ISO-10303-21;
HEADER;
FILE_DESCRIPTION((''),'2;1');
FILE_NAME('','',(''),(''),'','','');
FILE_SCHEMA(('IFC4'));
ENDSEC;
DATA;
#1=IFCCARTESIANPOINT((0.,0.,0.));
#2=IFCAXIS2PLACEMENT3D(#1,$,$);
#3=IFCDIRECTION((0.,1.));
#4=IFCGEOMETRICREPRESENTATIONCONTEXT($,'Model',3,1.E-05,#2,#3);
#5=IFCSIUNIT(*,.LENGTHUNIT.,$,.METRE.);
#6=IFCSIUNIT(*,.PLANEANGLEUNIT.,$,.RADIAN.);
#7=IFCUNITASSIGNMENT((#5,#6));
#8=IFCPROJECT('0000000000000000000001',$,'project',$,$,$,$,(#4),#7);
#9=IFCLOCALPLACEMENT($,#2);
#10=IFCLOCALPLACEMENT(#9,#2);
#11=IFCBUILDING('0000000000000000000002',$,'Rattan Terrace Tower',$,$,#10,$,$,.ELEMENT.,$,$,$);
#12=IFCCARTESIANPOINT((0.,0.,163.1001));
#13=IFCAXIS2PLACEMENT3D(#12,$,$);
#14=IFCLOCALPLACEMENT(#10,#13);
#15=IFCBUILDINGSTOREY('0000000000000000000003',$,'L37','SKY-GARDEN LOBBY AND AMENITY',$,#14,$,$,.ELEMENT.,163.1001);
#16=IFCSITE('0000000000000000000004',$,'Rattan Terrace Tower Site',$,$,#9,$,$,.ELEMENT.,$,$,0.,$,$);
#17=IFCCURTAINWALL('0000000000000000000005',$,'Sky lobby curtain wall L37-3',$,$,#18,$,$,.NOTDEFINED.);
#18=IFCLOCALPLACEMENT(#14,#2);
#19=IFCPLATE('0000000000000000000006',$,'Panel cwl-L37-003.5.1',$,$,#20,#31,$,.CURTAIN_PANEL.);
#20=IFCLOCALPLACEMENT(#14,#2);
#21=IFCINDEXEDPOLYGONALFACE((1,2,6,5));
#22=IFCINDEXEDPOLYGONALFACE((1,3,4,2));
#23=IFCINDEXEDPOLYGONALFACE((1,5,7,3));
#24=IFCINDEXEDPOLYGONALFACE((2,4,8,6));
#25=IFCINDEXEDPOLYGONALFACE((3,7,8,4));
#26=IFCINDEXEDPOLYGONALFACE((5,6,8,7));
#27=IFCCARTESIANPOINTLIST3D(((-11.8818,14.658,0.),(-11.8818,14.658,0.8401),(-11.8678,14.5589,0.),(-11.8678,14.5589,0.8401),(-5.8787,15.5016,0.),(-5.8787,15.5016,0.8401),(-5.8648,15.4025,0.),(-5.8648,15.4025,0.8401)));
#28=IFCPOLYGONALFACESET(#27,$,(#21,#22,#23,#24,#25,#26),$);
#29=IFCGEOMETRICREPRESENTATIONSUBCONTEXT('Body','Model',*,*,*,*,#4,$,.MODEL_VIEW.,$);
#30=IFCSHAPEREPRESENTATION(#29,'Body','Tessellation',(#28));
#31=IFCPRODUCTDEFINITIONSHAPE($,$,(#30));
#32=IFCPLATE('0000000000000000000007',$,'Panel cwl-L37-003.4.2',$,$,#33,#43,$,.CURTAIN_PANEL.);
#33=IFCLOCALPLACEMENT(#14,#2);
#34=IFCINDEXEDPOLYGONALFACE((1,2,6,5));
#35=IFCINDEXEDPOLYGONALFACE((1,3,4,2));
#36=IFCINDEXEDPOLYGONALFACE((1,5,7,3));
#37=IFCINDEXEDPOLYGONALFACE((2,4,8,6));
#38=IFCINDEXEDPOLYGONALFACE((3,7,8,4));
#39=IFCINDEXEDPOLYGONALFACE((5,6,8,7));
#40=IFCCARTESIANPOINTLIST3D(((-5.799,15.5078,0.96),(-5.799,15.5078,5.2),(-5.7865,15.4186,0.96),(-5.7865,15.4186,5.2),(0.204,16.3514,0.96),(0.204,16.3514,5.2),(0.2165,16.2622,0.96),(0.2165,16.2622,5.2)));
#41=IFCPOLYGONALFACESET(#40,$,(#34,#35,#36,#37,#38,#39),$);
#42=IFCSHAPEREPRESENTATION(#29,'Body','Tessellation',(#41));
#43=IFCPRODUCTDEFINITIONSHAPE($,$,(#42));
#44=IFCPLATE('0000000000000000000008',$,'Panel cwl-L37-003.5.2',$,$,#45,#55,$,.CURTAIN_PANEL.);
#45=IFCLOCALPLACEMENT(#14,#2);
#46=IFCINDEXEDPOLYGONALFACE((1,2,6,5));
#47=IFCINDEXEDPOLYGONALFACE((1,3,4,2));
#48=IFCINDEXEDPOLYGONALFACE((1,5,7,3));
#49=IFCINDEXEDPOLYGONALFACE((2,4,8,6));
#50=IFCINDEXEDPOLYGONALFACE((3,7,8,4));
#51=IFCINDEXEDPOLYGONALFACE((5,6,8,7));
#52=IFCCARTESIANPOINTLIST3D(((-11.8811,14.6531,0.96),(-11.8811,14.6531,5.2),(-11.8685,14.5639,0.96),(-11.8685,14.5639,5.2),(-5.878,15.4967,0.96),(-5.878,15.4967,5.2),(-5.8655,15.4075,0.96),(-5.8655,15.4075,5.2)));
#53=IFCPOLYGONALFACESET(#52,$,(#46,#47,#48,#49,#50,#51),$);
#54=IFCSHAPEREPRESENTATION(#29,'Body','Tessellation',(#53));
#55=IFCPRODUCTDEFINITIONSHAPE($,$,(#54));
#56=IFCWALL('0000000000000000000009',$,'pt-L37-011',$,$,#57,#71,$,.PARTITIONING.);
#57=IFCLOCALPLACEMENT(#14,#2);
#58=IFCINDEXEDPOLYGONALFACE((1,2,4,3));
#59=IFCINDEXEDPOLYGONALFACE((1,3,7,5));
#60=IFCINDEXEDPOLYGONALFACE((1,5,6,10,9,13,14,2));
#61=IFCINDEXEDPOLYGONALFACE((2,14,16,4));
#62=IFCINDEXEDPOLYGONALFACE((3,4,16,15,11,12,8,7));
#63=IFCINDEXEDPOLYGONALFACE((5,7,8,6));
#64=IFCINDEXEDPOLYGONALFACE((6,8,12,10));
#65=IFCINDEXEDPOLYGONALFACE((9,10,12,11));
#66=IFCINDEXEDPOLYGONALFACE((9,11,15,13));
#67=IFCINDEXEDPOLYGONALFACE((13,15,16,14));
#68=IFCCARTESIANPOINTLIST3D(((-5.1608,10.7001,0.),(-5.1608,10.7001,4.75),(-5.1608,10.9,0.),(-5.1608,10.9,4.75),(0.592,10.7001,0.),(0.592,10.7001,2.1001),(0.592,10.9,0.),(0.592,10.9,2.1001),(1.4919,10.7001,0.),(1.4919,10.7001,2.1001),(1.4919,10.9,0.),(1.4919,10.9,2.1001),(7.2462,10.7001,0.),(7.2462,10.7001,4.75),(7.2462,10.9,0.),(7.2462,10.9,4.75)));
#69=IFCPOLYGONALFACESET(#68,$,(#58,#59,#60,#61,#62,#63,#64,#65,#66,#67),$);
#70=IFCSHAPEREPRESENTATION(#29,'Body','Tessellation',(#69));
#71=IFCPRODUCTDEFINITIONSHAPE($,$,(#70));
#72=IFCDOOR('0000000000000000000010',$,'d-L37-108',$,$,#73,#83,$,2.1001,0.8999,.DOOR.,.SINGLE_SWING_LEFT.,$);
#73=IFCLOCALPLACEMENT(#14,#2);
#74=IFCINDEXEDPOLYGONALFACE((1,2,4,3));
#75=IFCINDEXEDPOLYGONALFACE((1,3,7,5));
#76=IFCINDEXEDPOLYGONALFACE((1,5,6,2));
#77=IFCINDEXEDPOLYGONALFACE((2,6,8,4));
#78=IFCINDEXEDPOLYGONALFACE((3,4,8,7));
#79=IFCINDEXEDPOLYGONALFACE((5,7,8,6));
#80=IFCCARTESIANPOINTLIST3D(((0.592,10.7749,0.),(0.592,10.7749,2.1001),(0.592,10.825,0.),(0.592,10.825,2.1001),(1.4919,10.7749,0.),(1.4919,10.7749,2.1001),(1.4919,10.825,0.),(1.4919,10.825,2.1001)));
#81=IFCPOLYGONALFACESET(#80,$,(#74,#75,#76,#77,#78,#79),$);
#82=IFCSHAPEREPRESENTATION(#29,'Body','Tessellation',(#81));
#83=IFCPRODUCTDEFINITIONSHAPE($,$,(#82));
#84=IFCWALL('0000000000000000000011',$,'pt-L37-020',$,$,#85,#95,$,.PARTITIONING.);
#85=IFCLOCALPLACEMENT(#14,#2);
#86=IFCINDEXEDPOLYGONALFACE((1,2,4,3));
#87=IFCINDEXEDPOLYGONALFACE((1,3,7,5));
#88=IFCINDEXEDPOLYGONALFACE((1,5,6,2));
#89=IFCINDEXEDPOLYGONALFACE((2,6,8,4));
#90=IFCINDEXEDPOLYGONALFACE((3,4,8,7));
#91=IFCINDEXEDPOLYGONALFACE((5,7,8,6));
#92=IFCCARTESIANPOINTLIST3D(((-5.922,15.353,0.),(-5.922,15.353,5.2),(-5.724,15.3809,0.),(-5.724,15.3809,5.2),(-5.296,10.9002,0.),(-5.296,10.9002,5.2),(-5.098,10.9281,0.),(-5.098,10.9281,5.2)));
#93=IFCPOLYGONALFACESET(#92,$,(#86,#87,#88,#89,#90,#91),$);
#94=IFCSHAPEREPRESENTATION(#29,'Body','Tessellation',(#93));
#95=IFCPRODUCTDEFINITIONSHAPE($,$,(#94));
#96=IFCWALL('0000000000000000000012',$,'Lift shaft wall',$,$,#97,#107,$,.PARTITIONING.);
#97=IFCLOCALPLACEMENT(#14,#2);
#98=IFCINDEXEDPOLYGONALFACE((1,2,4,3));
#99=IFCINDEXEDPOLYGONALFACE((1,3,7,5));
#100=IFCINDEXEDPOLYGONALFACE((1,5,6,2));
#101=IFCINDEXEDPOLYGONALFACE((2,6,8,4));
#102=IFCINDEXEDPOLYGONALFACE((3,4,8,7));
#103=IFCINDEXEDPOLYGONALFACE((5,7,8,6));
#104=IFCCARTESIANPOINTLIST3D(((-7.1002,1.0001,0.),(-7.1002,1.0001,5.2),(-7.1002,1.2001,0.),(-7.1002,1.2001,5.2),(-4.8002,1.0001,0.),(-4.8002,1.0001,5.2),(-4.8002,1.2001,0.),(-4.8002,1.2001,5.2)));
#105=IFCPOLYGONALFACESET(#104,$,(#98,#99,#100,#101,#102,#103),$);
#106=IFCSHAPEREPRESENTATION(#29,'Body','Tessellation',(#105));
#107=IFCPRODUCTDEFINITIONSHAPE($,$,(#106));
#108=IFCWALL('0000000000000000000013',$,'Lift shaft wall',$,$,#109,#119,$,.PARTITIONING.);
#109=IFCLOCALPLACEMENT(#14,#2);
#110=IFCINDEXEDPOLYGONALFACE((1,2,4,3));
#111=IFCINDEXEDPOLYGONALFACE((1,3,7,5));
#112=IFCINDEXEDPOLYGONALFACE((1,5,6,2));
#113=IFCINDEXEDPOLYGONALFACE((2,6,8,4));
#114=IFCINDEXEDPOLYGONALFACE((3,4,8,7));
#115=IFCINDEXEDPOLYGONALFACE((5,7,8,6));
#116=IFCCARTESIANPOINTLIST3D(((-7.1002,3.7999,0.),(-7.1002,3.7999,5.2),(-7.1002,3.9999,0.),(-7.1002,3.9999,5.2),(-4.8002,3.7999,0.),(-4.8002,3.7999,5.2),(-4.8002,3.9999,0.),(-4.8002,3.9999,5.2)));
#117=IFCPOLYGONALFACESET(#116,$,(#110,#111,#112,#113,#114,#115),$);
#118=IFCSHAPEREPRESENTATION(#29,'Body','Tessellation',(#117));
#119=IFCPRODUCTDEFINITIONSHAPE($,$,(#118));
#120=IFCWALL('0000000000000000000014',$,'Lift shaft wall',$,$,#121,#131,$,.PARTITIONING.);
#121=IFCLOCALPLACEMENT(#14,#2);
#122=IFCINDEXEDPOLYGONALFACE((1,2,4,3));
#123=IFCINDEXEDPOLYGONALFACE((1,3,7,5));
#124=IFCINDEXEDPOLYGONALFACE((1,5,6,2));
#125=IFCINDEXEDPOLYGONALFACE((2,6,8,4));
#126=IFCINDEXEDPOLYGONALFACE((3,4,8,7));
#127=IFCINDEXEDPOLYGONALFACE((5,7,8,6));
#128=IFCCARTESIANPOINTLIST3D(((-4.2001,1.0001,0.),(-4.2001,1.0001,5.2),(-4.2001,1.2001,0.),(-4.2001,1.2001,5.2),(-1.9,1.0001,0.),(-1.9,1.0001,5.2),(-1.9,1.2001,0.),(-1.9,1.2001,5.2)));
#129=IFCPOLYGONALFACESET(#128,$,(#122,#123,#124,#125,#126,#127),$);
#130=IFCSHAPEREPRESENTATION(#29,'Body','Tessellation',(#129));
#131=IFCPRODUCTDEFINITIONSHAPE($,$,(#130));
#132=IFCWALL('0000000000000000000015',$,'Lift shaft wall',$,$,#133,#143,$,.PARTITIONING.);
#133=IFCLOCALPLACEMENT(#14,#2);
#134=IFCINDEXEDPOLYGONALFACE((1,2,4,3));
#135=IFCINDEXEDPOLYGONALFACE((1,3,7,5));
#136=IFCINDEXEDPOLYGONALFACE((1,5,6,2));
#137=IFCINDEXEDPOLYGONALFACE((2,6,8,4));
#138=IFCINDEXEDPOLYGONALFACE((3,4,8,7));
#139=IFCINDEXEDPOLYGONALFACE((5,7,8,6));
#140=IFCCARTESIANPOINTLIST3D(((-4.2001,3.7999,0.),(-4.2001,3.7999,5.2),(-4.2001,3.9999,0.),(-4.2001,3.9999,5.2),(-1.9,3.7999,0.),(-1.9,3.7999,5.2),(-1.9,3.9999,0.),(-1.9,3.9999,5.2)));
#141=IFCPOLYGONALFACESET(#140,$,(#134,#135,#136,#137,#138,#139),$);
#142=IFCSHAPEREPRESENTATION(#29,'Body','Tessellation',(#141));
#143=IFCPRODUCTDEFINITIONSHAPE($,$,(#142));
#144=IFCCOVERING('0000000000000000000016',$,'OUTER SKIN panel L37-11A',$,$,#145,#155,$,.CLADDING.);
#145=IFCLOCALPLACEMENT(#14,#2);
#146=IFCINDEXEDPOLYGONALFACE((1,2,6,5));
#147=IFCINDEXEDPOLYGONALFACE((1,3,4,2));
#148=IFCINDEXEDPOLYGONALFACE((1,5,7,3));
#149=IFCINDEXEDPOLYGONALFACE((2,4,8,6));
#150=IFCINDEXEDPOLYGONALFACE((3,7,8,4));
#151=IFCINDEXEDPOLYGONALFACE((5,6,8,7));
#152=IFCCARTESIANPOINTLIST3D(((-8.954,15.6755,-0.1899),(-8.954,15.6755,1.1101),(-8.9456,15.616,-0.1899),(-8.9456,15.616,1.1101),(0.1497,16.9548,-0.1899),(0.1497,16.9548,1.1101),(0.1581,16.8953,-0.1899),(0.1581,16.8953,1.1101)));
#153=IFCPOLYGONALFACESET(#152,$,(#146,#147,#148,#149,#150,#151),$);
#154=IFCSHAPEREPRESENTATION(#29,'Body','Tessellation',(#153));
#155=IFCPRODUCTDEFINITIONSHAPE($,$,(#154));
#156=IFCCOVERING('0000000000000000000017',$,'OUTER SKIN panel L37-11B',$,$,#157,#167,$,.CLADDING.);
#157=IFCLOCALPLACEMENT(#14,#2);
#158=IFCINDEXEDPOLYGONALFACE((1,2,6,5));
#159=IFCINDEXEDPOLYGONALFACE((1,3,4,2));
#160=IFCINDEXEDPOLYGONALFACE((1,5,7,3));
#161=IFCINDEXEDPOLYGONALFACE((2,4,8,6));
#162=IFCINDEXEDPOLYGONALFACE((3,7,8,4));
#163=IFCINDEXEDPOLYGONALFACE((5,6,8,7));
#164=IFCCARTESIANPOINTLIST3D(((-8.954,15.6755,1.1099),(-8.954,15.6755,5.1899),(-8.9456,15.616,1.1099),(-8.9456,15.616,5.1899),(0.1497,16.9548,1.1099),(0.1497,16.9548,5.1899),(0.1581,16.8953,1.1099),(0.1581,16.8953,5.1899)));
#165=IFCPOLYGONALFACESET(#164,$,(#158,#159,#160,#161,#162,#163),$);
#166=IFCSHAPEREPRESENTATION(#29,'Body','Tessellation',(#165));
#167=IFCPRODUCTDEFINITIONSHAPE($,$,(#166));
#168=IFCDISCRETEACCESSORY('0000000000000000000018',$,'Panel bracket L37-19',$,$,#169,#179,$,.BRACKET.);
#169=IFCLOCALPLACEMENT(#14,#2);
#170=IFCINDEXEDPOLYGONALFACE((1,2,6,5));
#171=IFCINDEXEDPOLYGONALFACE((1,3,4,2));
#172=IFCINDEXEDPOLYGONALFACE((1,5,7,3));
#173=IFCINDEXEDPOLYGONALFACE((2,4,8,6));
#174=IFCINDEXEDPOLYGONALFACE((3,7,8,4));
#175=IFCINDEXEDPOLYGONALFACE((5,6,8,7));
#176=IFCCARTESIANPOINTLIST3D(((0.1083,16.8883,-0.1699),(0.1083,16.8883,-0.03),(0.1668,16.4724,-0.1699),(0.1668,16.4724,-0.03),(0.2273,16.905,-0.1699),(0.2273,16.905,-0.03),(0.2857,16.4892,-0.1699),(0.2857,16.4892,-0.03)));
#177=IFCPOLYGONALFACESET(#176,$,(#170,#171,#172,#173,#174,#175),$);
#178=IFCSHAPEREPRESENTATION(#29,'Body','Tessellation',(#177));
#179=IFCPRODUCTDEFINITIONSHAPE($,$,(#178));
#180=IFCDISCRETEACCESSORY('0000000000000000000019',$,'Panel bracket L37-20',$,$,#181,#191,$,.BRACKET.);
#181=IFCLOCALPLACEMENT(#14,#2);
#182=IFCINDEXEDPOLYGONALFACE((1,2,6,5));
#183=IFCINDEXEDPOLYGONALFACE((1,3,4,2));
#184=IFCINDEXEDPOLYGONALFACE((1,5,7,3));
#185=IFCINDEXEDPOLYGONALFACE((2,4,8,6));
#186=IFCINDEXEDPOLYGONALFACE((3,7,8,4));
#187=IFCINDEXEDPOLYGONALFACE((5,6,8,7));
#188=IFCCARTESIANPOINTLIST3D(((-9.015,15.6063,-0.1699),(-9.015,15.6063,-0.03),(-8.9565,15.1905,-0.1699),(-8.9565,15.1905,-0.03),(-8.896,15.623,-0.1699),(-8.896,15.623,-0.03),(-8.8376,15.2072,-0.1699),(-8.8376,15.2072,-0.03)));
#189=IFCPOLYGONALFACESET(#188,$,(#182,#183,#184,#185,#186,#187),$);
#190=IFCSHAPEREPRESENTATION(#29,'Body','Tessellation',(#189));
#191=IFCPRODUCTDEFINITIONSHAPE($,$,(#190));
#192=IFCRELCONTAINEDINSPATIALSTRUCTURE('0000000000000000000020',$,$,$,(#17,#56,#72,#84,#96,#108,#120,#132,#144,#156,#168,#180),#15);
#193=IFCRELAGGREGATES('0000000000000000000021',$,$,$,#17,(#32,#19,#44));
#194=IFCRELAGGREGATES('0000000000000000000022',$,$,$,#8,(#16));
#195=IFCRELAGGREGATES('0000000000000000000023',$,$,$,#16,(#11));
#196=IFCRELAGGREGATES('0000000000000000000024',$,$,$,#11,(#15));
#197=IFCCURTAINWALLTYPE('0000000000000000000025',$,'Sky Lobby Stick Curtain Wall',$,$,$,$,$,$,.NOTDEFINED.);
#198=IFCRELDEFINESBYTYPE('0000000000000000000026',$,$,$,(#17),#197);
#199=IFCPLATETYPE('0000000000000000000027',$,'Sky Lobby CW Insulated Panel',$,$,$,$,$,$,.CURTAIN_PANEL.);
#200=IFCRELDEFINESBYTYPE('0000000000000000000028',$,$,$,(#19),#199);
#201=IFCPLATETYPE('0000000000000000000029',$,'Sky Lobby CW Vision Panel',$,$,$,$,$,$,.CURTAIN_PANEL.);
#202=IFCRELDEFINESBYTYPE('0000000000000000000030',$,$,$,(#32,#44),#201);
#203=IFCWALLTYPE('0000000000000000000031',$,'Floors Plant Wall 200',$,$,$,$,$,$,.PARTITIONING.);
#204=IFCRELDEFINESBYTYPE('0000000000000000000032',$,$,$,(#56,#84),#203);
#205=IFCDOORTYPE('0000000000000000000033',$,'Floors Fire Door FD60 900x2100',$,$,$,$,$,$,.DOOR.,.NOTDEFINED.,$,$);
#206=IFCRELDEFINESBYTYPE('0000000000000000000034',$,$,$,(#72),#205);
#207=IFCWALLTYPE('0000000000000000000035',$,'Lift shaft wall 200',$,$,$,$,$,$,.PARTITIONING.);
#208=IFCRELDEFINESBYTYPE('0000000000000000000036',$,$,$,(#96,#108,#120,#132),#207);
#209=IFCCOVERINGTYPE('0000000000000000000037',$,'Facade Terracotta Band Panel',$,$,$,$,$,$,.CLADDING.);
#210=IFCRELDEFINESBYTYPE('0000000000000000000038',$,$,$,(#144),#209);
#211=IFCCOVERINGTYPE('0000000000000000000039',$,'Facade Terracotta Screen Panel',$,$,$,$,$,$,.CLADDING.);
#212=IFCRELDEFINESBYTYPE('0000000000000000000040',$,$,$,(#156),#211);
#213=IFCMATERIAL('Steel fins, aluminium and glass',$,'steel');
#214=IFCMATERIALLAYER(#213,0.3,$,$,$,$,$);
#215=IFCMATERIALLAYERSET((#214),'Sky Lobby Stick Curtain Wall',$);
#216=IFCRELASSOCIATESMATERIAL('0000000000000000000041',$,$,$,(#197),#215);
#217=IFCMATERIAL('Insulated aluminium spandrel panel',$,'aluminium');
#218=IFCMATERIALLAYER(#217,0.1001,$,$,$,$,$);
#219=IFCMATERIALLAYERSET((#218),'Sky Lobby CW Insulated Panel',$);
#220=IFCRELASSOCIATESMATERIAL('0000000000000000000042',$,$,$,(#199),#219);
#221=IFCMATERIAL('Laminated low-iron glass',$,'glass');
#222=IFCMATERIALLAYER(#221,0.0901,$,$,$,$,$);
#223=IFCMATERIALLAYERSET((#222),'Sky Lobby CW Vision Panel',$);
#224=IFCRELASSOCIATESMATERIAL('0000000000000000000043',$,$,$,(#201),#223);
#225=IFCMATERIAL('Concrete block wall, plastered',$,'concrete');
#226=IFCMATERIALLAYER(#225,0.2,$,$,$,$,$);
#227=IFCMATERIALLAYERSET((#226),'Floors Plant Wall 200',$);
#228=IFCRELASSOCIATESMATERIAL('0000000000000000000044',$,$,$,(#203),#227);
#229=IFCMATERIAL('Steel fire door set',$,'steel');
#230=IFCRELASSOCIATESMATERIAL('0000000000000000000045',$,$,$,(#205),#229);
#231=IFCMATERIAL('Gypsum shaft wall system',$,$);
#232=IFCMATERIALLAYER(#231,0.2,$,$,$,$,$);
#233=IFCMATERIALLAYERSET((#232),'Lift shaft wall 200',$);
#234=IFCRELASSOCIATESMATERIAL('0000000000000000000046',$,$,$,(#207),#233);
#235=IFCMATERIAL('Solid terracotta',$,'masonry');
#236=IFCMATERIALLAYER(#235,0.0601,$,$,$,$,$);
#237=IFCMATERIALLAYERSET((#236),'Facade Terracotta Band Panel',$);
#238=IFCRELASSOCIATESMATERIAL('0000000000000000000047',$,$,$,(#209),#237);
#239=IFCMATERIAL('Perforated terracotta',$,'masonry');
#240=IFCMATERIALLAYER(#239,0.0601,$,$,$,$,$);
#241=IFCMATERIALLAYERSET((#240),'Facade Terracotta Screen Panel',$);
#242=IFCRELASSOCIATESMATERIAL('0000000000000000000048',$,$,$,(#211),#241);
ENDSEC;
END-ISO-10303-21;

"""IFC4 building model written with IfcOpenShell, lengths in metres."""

from ifc_helpers import new_model, si_unit, direction, frame, frame_2d, origin, origin_2d, place, context, subcontext, project, spatial, rectangle, extrude, material, layer, layer_set, type_object, element, fill, aggregate, save


model = new_model("IFC4")

# Units and contexts
model_context = context("Model", 3, precision=1e-05, world=origin(), true_north=direction((0.0, 1.0)))
body_context = subcontext(model_context, "Body", "Model", "MODEL_VIEW")
ifc_project = project(units=[si_unit("LENGTHUNIT", "METRE"), si_unit("PLANEANGLEUNIT", "RADIAN")], contexts=[model_context])

# Site, building, storey
site_placement = place(None, origin())
site = spatial("IfcSite", under=ifc_project, at=site_placement, Name="Rattan Terrace Tower Site", CompositionType="ELEMENT", RefElevation=0.0)
building_placement = place(site_placement, origin())
building = spatial("IfcBuilding", under=site, at=building_placement, Name="Rattan Terrace Tower", CompositionType="ELEMENT")
storey_placement = place(building_placement, frame((0.0, 0.0, 163.1001)))
storey = spatial("IfcBuildingStorey", under=building, at=storey_placement, Name="L37", Description="SKY-GARDEN LOBBY AND AMENITY", CompositionType="ELEMENT", Elevation=163.1001)

# Curtain wall, plates
ifc_material_1 = material(Name="Steel fins, aluminium and glass", Category="steel")
ifc_layer_1 = layer(ifc_material_1, 0.3)
ifc_layer_set_1 = layer_set([ifc_layer_1], Name="Sky Lobby Stick Curtain Wall")
curtain_wall_type = type_object("IfcCurtainWallType", Name="Sky Lobby Stick Curtain Wall", PredefinedType="NOTDEFINED", material=ifc_layer_set_1)
curtain_wall_placement = place(storey_placement, origin())
curtain_wall = element("IfcCurtainWall", 1, at=curtain_wall_placement, inside=storey, type_object=curtain_wall_type, Name="Sky lobby curtain wall L37-3", PredefinedType="NOTDEFINED")
ifc_material_2 = material(Name="Insulated aluminium spandrel panel", Category="aluminium")
ifc_layer_2 = layer(ifc_material_2, 0.1001)
ifc_layer_set_2 = layer_set([ifc_layer_2], Name="Sky Lobby CW Insulated Panel")
plate_type_1 = type_object("IfcPlateType", Name="Sky Lobby CW Insulated Panel", PredefinedType="CURTAIN_PANEL", material=ifc_layer_set_2)
plate_1_placement = place(storey_placement, frame((-8.8733, 15.0303, 0.0), z_axis=(0.0, 0.0, 1.0), x_axis=(-0.99027, -0.139161, 0.0)))
plate_1 = element("IfcPlate", 2, at=plate_1_placement, type_object=plate_type_1, Name="Panel cwl-L37-003.5.1", PredefinedType="CURTAIN_PANEL", context=body_context, shape_type="SweptSolid", body=[
    extrude(rectangle(XDim=6.062, YDim=0.1001, at=origin_2d()), origin(), (0.0, 0.0, 1.0), 0.8401),
])
ifc_material_3 = material(Name="Laminated low-iron glass", Category="glass")
ifc_layer_3 = layer(ifc_material_3, 0.0901)
ifc_layer_set_3 = layer_set([ifc_layer_3], Name="Sky Lobby CW Vision Panel")
plate_type_2 = type_object("IfcPlateType", Name="Sky Lobby CW Vision Panel", PredefinedType="CURTAIN_PANEL", material=ifc_layer_set_3)
plate_2_placement = place(storey_placement, frame((-2.7913, 15.885, 0.96), z_axis=(0.0, 0.0, 1.0), x_axis=(-0.99027, -0.139161, 0.0)))
plate_2 = element("IfcPlate", 3, at=plate_2_placement, type_object=plate_type_2, Name="Panel cwl-L37-003.4.2", PredefinedType="CURTAIN_PANEL", context=body_context, shape_type="SweptSolid", body=[
    extrude(rectangle(XDim=6.062, YDim=0.0901, at=origin_2d()), origin(), (0.0, 0.0, 1.0), 4.24),
])
plate_3_placement = place(storey_placement, frame((-8.8733, 15.0303, 0.96), z_axis=(0.0, 0.0, 1.0), x_axis=(-0.99027, -0.139161, 0.0)))
plate_3 = element("IfcPlate", 4, at=plate_3_placement, type_object=plate_type_2, Name="Panel cwl-L37-003.5.2", PredefinedType="CURTAIN_PANEL", context=body_context, shape_type="SweptSolid", body=[
    extrude(rectangle(XDim=6.062, YDim=0.0901, at=origin_2d()), origin(), (0.0, 0.0, 1.0), 4.24),
])
aggregate(curtain_wall, [plate_2, plate_1, plate_3])

# Wall, opening, door
ifc_material_4 = material(Name="Concrete block wall, plastered", Category="concrete")
ifc_layer_4 = layer(ifc_material_4, 0.2)
ifc_layer_set_4 = layer_set([ifc_layer_4], Name="Floors Plant Wall 200")
wall_type_1 = type_object("IfcWallType", Name="Floors Plant Wall 200", PredefinedType="PARTITIONING", material=ifc_layer_set_4)
wall_1_placement = place(storey_placement, frame((-5.1609, 10.8, 0.0), z_axis=(0.0, 0.0, 1.0), x_axis=(1.0, 0.0, 0.0)))
wall_1 = element("IfcWall", 5, at=wall_1_placement, inside=storey, type_object=wall_type_1, Name="pt-L37-011", PredefinedType="PARTITIONING", context=body_context, shape_type="SweptSolid", body=[
    extrude(rectangle(XDim=12.407, YDim=0.2, at=frame_2d((6.2036, 0.0))), origin(), (0.0, 0.0, 1.0), 4.75),
])
opening_placement = place(wall_1_placement, frame((5.7529, 0.0, 0.0)))
opening = element("IfcOpeningElement", 6, at=opening_placement, cuts=wall_1, PredefinedType="OPENING", context=body_context, shape_type="SweptSolid", body=[
    extrude(rectangle(XDim=0.8999, YDim=2.1001, at=frame_2d((0.45, 1.05))), frame((0.0, 0.1106, 0.0), z_axis=(0.0, -1.0, 0.0), x_axis=(1.0, 0.0, 0.0)), (0.0, 0.0, 1.0), 0.2209),
])
ifc_material_5 = material(Name="Steel fire door set", Category="steel")
door_type = type_object("IfcDoorType", Name="Floors Fire Door FD60 900x2100", OperationType="NOTDEFINED", PredefinedType="DOOR", material=ifc_material_5)
door_placement = place(opening_placement, origin())
door = element("IfcDoor", 7, at=door_placement, inside=storey, type_object=door_type, Name="d-L37-108", OperationType="SINGLE_SWING_LEFT", OverallHeight=2.1001, OverallWidth=0.8999, PredefinedType="DOOR", context=body_context, shape_type="SweptSolid", body=[
    extrude(rectangle(XDim=0.8999, YDim=2.1001, at=frame_2d((0.45, 1.05))), frame((0.0, 0.0249, 0.0), z_axis=(0.0, -1.0, 0.0), x_axis=(1.0, 0.0, 0.0)), (0.0, 0.0, 1.0), 0.05),
])
fill(opening, door)

# Walls
wall_2_placement = place(storey_placement, frame((-5.823, 15.3669, 0.0), z_axis=(0.0, 0.0, 1.0), x_axis=(0.139209, -0.990263, 0.0)))
element("IfcWall", 8, at=wall_2_placement, inside=storey, type_object=wall_type_1, Name="pt-L37-020", PredefinedType="PARTITIONING", context=body_context, shape_type="SweptSolid", body=[
    extrude(rectangle(XDim=4.4966, YDim=0.2, at=frame_2d((2.2483, 0.0))), origin(), (0.0, 0.0, 1.0), 5.2),
])
ifc_material_6 = material(Name="Gypsum shaft wall system")
ifc_layer_5 = layer(ifc_material_6, 0.2)
ifc_layer_set_5 = layer_set([ifc_layer_5], Name="Lift shaft wall 200")
wall_type_2 = type_object("IfcWallType", Name="Lift shaft wall 200", PredefinedType="PARTITIONING", material=ifc_layer_set_5)
for number, where, z_axis, x_axis, name in (
    (9, (-7.1001, 1.1001, 0.0), (0.0, 0.0, 1.0), (1.0, 0.0, 0.0), "Lift shaft wall"),
    (10, (-7.1001, 3.8999, 0.0), (0.0, 0.0, 1.0), (1.0, 0.0, 0.0), "Lift shaft wall"),
    (11, (-4.2, 1.1001, 0.0), (0.0, 0.0, 1.0), (1.0, 0.0, 0.0), "Lift shaft wall"),
    (12, (-4.2, 3.8999, 0.0), (0.0, 0.0, 1.0), (1.0, 0.0, 0.0), "Lift shaft wall"),
):
    element("IfcWall", number, at=place(storey_placement, frame(where, z_axis=z_axis, x_axis=x_axis)), inside=storey, type_object=wall_type_2, Name=name, PredefinedType="PARTITIONING", context=body_context, shape_type="SweptSolid", body=[
        extrude(rectangle(XDim=2.3, YDim=0.2, at=frame_2d((1.1499, 0.0))), origin(), (0.0, 0.0, 1.0), 5.2),
    ])

# Coverings
ifc_material_7 = material(Name="Solid terracotta", Category="masonry")
ifc_layer_6 = layer(ifc_material_7, 0.0601)
ifc_layer_set_6 = layer_set([ifc_layer_6], Name="Facade Terracotta Band Panel")
covering_type_1 = type_object("IfcCoveringType", Name="Facade Terracotta Band Panel", PredefinedType="CLADDING", material=ifc_layer_set_6)
covering_1_placement = place(storey_placement, frame((-4.3979, 16.2854, -0.1899), z_axis=(0.0, 0.0, 1.0), x_axis=(-0.99027, -0.139161, 0.0)))
element("IfcCovering", 13, at=covering_1_placement, inside=storey, type_object=covering_type_1, Name="OUTER SKIN panel L37-11A", PredefinedType="CLADDING", context=body_context, shape_type="SweptSolid", body=[
    extrude(rectangle(XDim=9.1931, YDim=0.0601, at=origin_2d()), origin(), (0.0, 0.0, 1.0), 1.3),
])
ifc_material_8 = material(Name="Perforated terracotta", Category="masonry")
ifc_layer_7 = layer(ifc_material_8, 0.0601)
ifc_layer_set_7 = layer_set([ifc_layer_7], Name="Facade Terracotta Screen Panel")
covering_type_2 = type_object("IfcCoveringType", Name="Facade Terracotta Screen Panel", PredefinedType="CLADDING", material=ifc_layer_set_7)
covering_2_placement = place(storey_placement, frame((-4.3979, 16.2854, 1.1099), z_axis=(0.0, 0.0, 1.0), x_axis=(-0.99027, -0.139161, 0.0)))
element("IfcCovering", 14, at=covering_2_placement, inside=storey, type_object=covering_type_2, Name="OUTER SKIN panel L37-11B", PredefinedType="CLADDING", context=body_context, shape_type="SweptSolid", body=[
    extrude(rectangle(XDim=9.1931, YDim=0.0601, at=origin_2d()), origin(), (0.0, 0.0, 1.0), 4.0801),
])

# Discrete accessories
for number, where, z_axis, x_axis, name in (
    (15, (0.197, 16.6887, -0.1699), (0.0, 0.0, 1.0), (-0.99027, -0.139161, 0.0), "Panel bracket L37-19"),
    (16, (-8.9263, 15.4067, -0.1699), (0.0, 0.0, 1.0), (-0.99027, -0.139161, 0.0), "Panel bracket L37-20"),
):
    element("IfcDiscreteAccessory", number, at=place(storey_placement, frame(where, z_axis=z_axis, x_axis=x_axis)), inside=storey, Name=name, PredefinedType="BRACKET", context=body_context, shape_type="SweptSolid", body=[
        extrude(rectangle(XDim=0.1201, YDim=0.4199, at=origin_2d()), origin(), (0.0, 0.0, 1.0), 0.1399),
    ])

save(model, "model.ifc")
